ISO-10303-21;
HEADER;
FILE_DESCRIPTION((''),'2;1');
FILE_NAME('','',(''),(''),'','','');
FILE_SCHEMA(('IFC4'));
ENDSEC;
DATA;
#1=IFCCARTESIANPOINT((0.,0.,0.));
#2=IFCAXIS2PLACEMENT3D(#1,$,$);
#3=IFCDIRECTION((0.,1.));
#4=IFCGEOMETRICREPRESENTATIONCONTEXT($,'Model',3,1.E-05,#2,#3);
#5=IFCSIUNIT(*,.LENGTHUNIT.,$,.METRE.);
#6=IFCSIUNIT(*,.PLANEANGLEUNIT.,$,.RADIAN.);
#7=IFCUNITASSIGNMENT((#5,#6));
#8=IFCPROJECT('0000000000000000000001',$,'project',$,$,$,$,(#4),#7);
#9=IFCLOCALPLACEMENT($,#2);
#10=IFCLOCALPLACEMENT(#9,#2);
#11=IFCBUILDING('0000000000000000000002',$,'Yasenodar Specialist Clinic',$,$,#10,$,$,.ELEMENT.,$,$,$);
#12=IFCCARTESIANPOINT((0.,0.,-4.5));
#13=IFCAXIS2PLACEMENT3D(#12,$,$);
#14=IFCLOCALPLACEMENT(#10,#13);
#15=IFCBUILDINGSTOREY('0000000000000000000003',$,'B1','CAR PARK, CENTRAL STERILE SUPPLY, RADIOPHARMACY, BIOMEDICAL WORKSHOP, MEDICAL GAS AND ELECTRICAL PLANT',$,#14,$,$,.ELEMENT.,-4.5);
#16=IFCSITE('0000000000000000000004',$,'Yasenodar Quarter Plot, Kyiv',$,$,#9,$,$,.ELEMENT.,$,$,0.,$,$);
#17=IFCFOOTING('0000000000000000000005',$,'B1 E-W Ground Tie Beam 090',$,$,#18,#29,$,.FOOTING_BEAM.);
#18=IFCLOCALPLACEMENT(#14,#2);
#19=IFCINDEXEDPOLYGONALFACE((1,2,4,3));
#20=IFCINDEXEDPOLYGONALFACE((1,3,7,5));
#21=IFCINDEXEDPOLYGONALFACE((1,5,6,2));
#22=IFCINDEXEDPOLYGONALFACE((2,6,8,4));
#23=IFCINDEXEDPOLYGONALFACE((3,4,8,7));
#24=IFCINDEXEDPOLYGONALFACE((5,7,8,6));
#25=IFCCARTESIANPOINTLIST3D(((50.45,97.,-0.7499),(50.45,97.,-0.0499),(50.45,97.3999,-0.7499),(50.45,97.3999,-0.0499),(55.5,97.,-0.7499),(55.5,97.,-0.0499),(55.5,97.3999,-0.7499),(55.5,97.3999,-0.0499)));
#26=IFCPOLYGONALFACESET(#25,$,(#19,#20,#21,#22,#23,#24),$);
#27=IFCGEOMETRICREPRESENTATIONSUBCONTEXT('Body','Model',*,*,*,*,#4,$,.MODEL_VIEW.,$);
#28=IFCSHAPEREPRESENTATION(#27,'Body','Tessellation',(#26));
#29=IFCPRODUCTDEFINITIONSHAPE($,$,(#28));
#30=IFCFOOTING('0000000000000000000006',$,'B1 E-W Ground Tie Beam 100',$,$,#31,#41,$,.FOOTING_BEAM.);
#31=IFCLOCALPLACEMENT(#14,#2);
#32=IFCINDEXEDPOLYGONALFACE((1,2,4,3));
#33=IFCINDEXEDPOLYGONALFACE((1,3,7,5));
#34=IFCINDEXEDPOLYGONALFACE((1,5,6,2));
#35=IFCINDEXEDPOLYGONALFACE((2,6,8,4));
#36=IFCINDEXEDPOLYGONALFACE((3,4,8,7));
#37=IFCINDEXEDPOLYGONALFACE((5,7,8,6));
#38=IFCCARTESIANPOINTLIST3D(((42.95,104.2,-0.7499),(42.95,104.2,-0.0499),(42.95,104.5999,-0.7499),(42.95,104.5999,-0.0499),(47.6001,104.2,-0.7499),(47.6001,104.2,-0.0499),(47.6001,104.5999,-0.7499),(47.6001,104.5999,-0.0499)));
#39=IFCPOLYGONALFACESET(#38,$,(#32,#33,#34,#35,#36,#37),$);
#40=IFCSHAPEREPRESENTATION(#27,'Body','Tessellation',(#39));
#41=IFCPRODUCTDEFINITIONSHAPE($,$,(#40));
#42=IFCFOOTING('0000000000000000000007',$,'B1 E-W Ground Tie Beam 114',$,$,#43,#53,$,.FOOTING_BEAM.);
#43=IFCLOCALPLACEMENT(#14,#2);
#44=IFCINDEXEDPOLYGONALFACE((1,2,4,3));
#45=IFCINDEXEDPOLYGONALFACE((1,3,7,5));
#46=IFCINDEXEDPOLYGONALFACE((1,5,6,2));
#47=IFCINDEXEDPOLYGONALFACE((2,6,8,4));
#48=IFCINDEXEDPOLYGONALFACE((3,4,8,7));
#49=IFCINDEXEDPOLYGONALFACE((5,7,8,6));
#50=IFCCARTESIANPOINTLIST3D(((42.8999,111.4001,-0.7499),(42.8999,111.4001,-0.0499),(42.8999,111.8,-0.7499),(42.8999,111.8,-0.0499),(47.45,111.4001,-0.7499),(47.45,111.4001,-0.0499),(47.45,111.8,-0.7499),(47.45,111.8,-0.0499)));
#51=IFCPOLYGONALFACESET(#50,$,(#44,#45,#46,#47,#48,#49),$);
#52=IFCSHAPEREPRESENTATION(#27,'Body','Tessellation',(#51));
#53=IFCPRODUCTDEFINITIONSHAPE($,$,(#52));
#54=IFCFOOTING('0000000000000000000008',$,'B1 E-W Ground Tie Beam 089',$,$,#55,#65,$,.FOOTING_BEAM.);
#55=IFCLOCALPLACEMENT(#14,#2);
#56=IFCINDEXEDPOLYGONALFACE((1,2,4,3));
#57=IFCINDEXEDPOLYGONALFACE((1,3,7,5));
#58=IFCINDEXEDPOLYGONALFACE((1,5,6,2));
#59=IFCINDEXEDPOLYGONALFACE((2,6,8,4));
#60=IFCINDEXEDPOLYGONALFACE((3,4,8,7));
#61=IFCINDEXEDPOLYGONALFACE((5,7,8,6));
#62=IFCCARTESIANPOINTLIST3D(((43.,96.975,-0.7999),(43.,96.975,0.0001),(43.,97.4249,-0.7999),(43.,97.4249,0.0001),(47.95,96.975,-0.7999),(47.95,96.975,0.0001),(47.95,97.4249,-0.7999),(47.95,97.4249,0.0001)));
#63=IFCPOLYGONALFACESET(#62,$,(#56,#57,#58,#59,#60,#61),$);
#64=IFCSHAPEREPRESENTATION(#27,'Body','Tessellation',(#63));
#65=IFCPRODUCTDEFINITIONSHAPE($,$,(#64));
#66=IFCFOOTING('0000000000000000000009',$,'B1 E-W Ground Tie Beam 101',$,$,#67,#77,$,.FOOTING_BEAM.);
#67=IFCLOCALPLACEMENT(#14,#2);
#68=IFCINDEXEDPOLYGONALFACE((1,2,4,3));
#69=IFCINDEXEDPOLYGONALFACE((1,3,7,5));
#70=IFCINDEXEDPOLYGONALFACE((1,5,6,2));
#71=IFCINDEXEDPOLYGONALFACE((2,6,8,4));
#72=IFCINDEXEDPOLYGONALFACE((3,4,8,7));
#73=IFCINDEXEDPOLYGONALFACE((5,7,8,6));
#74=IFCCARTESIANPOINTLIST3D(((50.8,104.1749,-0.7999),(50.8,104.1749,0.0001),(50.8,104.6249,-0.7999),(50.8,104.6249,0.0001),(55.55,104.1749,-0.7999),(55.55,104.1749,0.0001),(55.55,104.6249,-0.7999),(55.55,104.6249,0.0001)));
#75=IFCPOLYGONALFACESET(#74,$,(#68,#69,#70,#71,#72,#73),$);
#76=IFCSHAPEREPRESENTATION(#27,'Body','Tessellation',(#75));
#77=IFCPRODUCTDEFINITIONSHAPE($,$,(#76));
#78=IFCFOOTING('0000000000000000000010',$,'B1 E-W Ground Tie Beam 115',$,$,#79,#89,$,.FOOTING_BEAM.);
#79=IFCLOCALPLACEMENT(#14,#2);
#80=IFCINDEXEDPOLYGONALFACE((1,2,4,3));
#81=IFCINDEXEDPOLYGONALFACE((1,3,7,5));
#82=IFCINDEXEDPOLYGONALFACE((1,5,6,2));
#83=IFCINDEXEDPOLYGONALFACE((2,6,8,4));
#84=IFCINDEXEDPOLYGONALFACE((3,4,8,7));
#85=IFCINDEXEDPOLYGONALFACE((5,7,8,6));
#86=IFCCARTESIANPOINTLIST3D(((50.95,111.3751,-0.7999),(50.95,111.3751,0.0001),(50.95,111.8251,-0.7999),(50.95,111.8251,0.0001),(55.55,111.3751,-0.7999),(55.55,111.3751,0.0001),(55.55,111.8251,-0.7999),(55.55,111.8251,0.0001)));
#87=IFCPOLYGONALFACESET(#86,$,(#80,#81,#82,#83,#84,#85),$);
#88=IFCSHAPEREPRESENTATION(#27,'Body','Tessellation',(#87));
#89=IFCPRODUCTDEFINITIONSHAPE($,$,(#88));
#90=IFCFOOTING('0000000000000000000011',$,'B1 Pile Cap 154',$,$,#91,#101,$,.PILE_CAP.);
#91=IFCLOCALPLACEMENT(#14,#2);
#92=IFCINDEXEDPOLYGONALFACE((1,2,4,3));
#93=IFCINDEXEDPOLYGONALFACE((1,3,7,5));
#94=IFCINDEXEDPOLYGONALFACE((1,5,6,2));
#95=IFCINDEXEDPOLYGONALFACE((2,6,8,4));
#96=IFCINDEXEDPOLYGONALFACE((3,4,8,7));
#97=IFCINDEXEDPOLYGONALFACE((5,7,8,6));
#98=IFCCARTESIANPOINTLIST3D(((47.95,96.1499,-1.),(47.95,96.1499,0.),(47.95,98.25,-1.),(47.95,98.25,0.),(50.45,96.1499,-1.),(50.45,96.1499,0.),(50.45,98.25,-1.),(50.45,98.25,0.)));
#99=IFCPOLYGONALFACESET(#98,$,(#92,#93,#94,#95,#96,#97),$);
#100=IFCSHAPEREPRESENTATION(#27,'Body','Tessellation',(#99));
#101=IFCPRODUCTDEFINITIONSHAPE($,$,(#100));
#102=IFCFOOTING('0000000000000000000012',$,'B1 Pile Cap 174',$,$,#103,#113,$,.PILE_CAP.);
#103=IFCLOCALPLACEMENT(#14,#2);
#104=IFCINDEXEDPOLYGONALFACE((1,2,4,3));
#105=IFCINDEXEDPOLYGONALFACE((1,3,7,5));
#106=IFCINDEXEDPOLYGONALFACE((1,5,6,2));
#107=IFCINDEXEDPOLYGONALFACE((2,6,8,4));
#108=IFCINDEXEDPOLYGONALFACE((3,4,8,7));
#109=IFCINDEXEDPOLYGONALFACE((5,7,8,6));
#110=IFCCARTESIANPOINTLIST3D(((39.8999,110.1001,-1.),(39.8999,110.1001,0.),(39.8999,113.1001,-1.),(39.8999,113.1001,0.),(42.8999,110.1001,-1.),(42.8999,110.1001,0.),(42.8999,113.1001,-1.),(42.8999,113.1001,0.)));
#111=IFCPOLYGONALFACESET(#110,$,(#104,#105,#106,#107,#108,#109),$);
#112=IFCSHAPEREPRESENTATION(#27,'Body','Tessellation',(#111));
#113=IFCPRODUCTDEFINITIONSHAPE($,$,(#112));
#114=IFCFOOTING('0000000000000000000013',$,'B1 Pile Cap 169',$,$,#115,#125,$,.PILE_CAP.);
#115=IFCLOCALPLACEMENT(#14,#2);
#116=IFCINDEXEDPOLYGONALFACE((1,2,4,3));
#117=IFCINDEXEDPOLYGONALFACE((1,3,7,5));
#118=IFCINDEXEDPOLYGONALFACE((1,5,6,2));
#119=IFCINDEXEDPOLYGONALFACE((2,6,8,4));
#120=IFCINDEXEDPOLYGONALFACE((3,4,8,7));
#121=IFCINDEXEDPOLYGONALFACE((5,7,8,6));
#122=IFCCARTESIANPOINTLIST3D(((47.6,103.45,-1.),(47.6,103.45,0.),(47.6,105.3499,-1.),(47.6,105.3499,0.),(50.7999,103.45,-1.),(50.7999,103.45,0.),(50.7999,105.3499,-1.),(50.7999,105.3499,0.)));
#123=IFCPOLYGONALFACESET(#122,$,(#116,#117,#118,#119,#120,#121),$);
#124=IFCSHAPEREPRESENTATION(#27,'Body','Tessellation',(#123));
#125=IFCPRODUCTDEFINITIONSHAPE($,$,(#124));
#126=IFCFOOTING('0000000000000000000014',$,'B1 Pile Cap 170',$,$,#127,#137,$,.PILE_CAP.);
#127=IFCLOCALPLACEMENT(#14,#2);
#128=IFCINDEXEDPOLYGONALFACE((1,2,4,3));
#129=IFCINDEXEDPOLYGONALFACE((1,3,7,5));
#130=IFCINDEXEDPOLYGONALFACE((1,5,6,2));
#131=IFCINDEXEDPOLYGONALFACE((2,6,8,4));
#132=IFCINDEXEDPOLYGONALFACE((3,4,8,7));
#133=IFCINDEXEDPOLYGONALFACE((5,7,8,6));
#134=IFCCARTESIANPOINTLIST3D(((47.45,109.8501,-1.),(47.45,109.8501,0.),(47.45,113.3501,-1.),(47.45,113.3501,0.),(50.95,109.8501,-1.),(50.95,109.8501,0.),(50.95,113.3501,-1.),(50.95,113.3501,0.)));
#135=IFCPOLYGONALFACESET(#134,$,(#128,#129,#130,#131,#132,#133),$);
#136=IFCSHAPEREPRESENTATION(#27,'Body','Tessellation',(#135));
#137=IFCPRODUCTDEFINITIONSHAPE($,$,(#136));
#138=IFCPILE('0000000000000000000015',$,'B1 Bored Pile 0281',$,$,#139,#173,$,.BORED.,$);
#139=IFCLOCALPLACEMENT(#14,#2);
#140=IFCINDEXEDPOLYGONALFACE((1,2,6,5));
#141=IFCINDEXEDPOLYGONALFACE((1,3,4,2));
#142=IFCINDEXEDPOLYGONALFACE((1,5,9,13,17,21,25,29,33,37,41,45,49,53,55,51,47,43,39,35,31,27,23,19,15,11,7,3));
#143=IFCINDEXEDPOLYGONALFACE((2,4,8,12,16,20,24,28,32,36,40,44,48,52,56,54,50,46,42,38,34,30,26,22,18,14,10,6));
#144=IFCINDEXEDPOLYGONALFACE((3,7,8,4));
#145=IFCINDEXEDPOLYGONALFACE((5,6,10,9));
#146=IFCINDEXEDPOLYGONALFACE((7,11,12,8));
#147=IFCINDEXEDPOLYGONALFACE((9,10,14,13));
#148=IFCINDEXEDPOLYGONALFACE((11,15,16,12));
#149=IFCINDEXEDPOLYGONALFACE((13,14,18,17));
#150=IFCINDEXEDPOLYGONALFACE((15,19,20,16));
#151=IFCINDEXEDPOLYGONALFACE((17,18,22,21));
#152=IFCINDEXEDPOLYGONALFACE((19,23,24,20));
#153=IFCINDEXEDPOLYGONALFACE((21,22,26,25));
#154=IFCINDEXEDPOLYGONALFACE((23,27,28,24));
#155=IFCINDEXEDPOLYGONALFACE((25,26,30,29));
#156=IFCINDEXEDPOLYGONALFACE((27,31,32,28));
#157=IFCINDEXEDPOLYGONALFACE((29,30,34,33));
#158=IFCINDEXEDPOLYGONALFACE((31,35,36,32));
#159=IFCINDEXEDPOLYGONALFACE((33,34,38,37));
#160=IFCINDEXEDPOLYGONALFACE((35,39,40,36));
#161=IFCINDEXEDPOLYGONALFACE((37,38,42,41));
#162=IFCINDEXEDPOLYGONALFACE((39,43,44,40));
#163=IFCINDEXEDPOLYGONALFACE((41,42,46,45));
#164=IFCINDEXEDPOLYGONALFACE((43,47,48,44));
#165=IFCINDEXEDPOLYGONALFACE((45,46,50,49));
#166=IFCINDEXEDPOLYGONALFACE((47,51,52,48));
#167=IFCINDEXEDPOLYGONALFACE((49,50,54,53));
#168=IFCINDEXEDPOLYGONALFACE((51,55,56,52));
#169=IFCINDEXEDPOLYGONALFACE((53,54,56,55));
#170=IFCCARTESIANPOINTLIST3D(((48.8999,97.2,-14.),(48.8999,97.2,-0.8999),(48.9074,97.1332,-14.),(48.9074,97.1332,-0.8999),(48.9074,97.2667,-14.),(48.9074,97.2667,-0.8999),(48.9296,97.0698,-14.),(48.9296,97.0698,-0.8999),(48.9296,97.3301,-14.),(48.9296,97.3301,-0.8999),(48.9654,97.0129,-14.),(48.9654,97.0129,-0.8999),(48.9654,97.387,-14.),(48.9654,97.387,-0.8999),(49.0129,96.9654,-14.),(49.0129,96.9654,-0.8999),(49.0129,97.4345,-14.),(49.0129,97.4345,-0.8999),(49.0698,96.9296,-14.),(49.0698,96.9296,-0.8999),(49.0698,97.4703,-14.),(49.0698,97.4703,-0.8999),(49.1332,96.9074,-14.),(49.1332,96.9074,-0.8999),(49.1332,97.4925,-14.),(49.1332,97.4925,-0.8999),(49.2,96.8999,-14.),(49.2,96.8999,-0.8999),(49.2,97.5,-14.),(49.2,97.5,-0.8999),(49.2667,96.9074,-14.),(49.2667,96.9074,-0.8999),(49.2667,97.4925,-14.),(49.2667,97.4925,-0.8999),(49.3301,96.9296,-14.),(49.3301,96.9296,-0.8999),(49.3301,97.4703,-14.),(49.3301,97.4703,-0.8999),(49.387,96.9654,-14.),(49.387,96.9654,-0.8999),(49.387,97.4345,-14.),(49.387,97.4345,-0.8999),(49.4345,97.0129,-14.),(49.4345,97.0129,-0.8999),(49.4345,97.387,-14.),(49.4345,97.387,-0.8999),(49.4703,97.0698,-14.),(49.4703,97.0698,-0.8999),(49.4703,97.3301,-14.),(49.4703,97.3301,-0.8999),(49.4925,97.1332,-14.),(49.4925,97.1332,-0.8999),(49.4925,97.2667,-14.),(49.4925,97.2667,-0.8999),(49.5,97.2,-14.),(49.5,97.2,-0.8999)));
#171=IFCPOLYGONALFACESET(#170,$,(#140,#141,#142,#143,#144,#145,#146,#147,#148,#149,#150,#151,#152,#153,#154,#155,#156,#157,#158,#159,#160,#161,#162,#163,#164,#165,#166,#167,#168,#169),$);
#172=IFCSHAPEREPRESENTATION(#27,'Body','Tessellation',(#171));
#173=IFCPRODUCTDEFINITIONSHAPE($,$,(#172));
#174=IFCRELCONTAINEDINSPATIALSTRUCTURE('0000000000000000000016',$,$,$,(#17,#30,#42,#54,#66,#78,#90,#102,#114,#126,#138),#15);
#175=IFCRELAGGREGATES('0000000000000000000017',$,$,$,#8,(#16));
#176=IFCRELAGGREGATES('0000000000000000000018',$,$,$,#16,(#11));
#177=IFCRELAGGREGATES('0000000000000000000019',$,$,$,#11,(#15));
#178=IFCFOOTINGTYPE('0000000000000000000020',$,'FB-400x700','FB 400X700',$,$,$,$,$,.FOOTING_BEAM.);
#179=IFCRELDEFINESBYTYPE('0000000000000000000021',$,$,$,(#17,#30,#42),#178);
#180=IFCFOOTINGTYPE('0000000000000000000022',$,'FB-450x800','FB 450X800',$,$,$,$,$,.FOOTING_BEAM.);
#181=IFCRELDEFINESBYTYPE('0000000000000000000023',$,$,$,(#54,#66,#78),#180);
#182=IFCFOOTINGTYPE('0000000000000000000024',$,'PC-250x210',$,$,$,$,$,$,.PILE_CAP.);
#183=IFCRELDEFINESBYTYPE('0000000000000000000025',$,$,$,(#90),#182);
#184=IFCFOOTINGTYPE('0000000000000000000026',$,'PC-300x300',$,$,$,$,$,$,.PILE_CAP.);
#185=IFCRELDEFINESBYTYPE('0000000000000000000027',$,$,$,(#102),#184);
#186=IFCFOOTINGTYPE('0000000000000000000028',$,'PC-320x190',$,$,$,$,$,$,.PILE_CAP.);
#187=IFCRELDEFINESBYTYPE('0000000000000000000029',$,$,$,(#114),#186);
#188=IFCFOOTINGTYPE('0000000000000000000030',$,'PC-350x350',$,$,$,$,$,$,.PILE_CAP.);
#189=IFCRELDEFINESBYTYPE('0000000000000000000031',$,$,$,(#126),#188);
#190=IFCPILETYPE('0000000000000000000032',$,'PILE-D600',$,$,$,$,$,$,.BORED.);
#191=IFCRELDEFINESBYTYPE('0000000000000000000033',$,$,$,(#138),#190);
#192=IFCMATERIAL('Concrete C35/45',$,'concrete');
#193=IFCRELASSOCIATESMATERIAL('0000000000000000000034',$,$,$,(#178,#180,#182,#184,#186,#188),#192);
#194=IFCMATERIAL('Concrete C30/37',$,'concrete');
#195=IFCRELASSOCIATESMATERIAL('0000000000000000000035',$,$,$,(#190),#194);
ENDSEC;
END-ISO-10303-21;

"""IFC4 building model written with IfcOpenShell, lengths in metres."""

from ifc_helpers import new_model, si_unit, direction, frame, origin, origin_2d, place, context, subcontext, project, spatial, rectangle, circle, extrude, material, material_profile, profile_set, type_object, element, save


model = new_model("IFC4")

# Units and contexts
model_context = context("Model", 3, precision=1e-05, world=origin(), true_north=direction((0.0, 1.0)))
body_context = subcontext(model_context, "Body", "Model", "MODEL_VIEW")
ifc_project = project(units=[si_unit("LENGTHUNIT", "METRE"), si_unit("PLANEANGLEUNIT", "RADIAN")], contexts=[model_context])

# Site, building, storey
site_placement = place(None, origin())
site = spatial("IfcSite", under=ifc_project, at=site_placement, Name="Yasenodar Quarter Plot, Kyiv", CompositionType="ELEMENT", RefElevation=0.0)
building_placement = place(site_placement, origin())
building = spatial("IfcBuilding", under=site, at=building_placement, Name="Yasenodar Specialist Clinic", CompositionType="ELEMENT")
storey_placement = place(building_placement, frame((0.0, 0.0, -4.5)))
storey = spatial("IfcBuildingStorey", under=building, at=storey_placement, Name="B1", Description="CAR PARK, CENTRAL STERILE SUPPLY, RADIOPHARMACY, BIOMEDICAL WORKSHOP, MEDICAL GAS AND ELECTRICAL PLANT", CompositionType="ELEMENT", Elevation=-4.5)

# Footings
ifc_material_1 = material(Name="Concrete C35/45", Category="concrete")
ifc_material_profile_1 = material_profile(ifc_material_1, rectangle(XDim=0.3999, YDim=0.7, at=origin_2d()), Name="RC 400x700")
ifc_profile_set_1 = profile_set([ifc_material_profile_1], Name="Concrete C35/45")
footing_type_1 = type_object("IfcFootingType", Name="FB-400x700", Description="FB 400X700", PredefinedType="FOOTING_BEAM", material=ifc_profile_set_1)
footing_1_placement = place(storey_placement, frame((50.45, 97.2, -0.3999), z_axis=(1.0, 0.0, 0.0), x_axis=(0.0, 1.0, 0.0)))
element("IfcFooting", 1, at=footing_1_placement, inside=storey, type_object=footing_type_1, Name="B1 E-W Ground Tie Beam 090", PredefinedType="FOOTING_BEAM", context=body_context, shape_type="SweptSolid", body=[
    extrude(rectangle(XDim=0.3999, YDim=0.7, at=origin_2d()), origin(), (0.0, 0.0, 1.0), 5.05),
])
footing_2_placement = place(storey_placement, frame((42.95, 104.3999, -0.3999), z_axis=(1.0, 0.0, 0.0), x_axis=(0.0, 1.0, 0.0)))
element("IfcFooting", 2, at=footing_2_placement, inside=storey, type_object=footing_type_1, Name="B1 E-W Ground Tie Beam 100", PredefinedType="FOOTING_BEAM", context=body_context, shape_type="SweptSolid", body=[
    extrude(rectangle(XDim=0.3999, YDim=0.7, at=origin_2d()), origin(), (0.0, 0.0, 1.0), 4.6501),
])
footing_3_placement = place(storey_placement, frame((42.8999, 111.6001, -0.3999), z_axis=(1.0, 0.0, 0.0), x_axis=(0.0, 1.0, 0.0)))
element("IfcFooting", 3, at=footing_3_placement, inside=storey, type_object=footing_type_1, Name="B1 E-W Ground Tie Beam 114", PredefinedType="FOOTING_BEAM", context=body_context, shape_type="SweptSolid", body=[
    extrude(rectangle(XDim=0.3999, YDim=0.7, at=origin_2d()), origin(), (0.0, 0.0, 1.0), 4.55),
])
ifc_material_profile_2 = material_profile(ifc_material_1, rectangle(XDim=0.45, YDim=0.8, at=origin_2d()), Name="RC 450x800")
ifc_profile_set_2 = profile_set([ifc_material_profile_2], Name="Concrete C35/45")
footing_type_2 = type_object("IfcFootingType", Name="FB-450x800", Description="FB 450X800", PredefinedType="FOOTING_BEAM", material=ifc_profile_set_2)
footing_4_placement = place(storey_placement, frame((43.0, 97.2, -0.3999), z_axis=(1.0, 0.0, 0.0), x_axis=(0.0, 1.0, 0.0)))
element("IfcFooting", 4, at=footing_4_placement, inside=storey, type_object=footing_type_2, Name="B1 E-W Ground Tie Beam 089", PredefinedType="FOOTING_BEAM", context=body_context, shape_type="SweptSolid", body=[
    extrude(rectangle(XDim=0.45, YDim=0.8, at=origin_2d()), origin(), (0.0, 0.0, 1.0), 4.95),
])
footing_5_placement = place(storey_placement, frame((50.8, 104.3999, -0.3999), z_axis=(1.0, 0.0, 0.0), x_axis=(0.0, 1.0, 0.0)))
element("IfcFooting", 5, at=footing_5_placement, inside=storey, type_object=footing_type_2, Name="B1 E-W Ground Tie Beam 101", PredefinedType="FOOTING_BEAM", context=body_context, shape_type="SweptSolid", body=[
    extrude(rectangle(XDim=0.45, YDim=0.8, at=origin_2d()), origin(), (0.0, 0.0, 1.0), 4.75),
])
footing_6_placement = place(storey_placement, frame((50.95, 111.6001, -0.3999), z_axis=(1.0, 0.0, 0.0), x_axis=(0.0, 1.0, 0.0)))
element("IfcFooting", 6, at=footing_6_placement, inside=storey, type_object=footing_type_2, Name="B1 E-W Ground Tie Beam 115", PredefinedType="FOOTING_BEAM", context=body_context, shape_type="SweptSolid", body=[
    extrude(rectangle(XDim=0.45, YDim=0.8, at=origin_2d()), origin(), (0.0, 0.0, 1.0), 4.6001),
])
footing_type_3 = type_object("IfcFootingType", Name="PC-250x210", PredefinedType="PILE_CAP", material=ifc_material_1)
footing_7_placement = place(storey_placement, frame((49.2, 97.2, -1.0), z_axis=(0.0, 0.0, 1.0), x_axis=(1.0, 0.0, 0.0)))
element("IfcFooting", 7, at=footing_7_placement, inside=storey, type_object=footing_type_3, Name="B1 Pile Cap 154", PredefinedType="PILE_CAP", context=body_context, shape_type="SweptSolid", body=[
    extrude(rectangle(XDim=2.5, YDim=2.1001, at=origin_2d()), origin(), (0.0, 0.0, 1.0), 1.0),
])
footing_type_4 = type_object("IfcFootingType", Name="PC-300x300", PredefinedType="PILE_CAP", material=ifc_material_1)
footing_8_placement = place(storey_placement, frame((41.3999, 111.6001, -1.0), z_axis=(0.0, 0.0, 1.0), x_axis=(1.0, 0.0, 0.0)))
element("IfcFooting", 8, at=footing_8_placement, inside=storey, type_object=footing_type_4, Name="B1 Pile Cap 174", PredefinedType="PILE_CAP", context=body_context, shape_type="SweptSolid", body=[
    extrude(rectangle(XDim=3.0, YDim=3.0, at=origin_2d()), origin(), (0.0, 0.0, 1.0), 1.0),
])
footing_type_5 = type_object("IfcFootingType", Name="PC-320x190", PredefinedType="PILE_CAP", material=ifc_material_1)
footing_9_placement = place(storey_placement, frame((49.2, 104.3999, -1.0), z_axis=(0.0, 0.0, 1.0), x_axis=(1.0, 0.0, 0.0)))
element("IfcFooting", 9, at=footing_9_placement, inside=storey, type_object=footing_type_5, Name="B1 Pile Cap 169", PredefinedType="PILE_CAP", context=body_context, shape_type="SweptSolid", body=[
    extrude(rectangle(XDim=3.2, YDim=1.8999, at=origin_2d()), origin(), (0.0, 0.0, 1.0), 1.0),
])
footing_type_6 = type_object("IfcFootingType", Name="PC-350x350", PredefinedType="PILE_CAP", material=ifc_material_1)
footing_10_placement = place(storey_placement, frame((49.2, 111.6001, -1.0), z_axis=(0.0, 0.0, 1.0), x_axis=(1.0, 0.0, 0.0)))
element("IfcFooting", 10, at=footing_10_placement, inside=storey, type_object=footing_type_6, Name="B1 Pile Cap 170", PredefinedType="PILE_CAP", context=body_context, shape_type="SweptSolid", body=[
    extrude(rectangle(XDim=3.5, YDim=3.5, at=origin_2d()), origin(), (0.0, 0.0, 1.0), 1.0),
])

# Pile
ifc_material_2 = material(Name="Concrete C30/37", Category="concrete")
ifc_material_profile_3 = material_profile(ifc_material_2, circle(Radius=0.3, at=origin_2d()), Name="PILE D600")
ifc_profile_set_3 = profile_set([ifc_material_profile_3], Name="Concrete C30/37")
pile_type_1 = type_object("IfcPileType", Name="PILE-D600", PredefinedType="BORED", material=ifc_profile_set_3)
for number, where, z_axis, x_axis, name in (
    (11, (49.2, 97.2, -0.8999), (0.0, 0.0, -1.0), (1.0, 0.0, 0.0), "B1 Bored Pile 0281"),
):
    element("IfcPile", number, at=place(storey_placement, frame(where, z_axis=z_axis, x_axis=x_axis)), inside=storey, type_object=pile_type_1, Name=name, PredefinedType="BORED", context=body_context, shape_type="SweptSolid", body=[
        extrude(circle(Radius=0.3, at=origin_2d()), origin(), (0.0, 0.0, 1.0), 13.1001),
    ])

save(model, "model.ifc")
